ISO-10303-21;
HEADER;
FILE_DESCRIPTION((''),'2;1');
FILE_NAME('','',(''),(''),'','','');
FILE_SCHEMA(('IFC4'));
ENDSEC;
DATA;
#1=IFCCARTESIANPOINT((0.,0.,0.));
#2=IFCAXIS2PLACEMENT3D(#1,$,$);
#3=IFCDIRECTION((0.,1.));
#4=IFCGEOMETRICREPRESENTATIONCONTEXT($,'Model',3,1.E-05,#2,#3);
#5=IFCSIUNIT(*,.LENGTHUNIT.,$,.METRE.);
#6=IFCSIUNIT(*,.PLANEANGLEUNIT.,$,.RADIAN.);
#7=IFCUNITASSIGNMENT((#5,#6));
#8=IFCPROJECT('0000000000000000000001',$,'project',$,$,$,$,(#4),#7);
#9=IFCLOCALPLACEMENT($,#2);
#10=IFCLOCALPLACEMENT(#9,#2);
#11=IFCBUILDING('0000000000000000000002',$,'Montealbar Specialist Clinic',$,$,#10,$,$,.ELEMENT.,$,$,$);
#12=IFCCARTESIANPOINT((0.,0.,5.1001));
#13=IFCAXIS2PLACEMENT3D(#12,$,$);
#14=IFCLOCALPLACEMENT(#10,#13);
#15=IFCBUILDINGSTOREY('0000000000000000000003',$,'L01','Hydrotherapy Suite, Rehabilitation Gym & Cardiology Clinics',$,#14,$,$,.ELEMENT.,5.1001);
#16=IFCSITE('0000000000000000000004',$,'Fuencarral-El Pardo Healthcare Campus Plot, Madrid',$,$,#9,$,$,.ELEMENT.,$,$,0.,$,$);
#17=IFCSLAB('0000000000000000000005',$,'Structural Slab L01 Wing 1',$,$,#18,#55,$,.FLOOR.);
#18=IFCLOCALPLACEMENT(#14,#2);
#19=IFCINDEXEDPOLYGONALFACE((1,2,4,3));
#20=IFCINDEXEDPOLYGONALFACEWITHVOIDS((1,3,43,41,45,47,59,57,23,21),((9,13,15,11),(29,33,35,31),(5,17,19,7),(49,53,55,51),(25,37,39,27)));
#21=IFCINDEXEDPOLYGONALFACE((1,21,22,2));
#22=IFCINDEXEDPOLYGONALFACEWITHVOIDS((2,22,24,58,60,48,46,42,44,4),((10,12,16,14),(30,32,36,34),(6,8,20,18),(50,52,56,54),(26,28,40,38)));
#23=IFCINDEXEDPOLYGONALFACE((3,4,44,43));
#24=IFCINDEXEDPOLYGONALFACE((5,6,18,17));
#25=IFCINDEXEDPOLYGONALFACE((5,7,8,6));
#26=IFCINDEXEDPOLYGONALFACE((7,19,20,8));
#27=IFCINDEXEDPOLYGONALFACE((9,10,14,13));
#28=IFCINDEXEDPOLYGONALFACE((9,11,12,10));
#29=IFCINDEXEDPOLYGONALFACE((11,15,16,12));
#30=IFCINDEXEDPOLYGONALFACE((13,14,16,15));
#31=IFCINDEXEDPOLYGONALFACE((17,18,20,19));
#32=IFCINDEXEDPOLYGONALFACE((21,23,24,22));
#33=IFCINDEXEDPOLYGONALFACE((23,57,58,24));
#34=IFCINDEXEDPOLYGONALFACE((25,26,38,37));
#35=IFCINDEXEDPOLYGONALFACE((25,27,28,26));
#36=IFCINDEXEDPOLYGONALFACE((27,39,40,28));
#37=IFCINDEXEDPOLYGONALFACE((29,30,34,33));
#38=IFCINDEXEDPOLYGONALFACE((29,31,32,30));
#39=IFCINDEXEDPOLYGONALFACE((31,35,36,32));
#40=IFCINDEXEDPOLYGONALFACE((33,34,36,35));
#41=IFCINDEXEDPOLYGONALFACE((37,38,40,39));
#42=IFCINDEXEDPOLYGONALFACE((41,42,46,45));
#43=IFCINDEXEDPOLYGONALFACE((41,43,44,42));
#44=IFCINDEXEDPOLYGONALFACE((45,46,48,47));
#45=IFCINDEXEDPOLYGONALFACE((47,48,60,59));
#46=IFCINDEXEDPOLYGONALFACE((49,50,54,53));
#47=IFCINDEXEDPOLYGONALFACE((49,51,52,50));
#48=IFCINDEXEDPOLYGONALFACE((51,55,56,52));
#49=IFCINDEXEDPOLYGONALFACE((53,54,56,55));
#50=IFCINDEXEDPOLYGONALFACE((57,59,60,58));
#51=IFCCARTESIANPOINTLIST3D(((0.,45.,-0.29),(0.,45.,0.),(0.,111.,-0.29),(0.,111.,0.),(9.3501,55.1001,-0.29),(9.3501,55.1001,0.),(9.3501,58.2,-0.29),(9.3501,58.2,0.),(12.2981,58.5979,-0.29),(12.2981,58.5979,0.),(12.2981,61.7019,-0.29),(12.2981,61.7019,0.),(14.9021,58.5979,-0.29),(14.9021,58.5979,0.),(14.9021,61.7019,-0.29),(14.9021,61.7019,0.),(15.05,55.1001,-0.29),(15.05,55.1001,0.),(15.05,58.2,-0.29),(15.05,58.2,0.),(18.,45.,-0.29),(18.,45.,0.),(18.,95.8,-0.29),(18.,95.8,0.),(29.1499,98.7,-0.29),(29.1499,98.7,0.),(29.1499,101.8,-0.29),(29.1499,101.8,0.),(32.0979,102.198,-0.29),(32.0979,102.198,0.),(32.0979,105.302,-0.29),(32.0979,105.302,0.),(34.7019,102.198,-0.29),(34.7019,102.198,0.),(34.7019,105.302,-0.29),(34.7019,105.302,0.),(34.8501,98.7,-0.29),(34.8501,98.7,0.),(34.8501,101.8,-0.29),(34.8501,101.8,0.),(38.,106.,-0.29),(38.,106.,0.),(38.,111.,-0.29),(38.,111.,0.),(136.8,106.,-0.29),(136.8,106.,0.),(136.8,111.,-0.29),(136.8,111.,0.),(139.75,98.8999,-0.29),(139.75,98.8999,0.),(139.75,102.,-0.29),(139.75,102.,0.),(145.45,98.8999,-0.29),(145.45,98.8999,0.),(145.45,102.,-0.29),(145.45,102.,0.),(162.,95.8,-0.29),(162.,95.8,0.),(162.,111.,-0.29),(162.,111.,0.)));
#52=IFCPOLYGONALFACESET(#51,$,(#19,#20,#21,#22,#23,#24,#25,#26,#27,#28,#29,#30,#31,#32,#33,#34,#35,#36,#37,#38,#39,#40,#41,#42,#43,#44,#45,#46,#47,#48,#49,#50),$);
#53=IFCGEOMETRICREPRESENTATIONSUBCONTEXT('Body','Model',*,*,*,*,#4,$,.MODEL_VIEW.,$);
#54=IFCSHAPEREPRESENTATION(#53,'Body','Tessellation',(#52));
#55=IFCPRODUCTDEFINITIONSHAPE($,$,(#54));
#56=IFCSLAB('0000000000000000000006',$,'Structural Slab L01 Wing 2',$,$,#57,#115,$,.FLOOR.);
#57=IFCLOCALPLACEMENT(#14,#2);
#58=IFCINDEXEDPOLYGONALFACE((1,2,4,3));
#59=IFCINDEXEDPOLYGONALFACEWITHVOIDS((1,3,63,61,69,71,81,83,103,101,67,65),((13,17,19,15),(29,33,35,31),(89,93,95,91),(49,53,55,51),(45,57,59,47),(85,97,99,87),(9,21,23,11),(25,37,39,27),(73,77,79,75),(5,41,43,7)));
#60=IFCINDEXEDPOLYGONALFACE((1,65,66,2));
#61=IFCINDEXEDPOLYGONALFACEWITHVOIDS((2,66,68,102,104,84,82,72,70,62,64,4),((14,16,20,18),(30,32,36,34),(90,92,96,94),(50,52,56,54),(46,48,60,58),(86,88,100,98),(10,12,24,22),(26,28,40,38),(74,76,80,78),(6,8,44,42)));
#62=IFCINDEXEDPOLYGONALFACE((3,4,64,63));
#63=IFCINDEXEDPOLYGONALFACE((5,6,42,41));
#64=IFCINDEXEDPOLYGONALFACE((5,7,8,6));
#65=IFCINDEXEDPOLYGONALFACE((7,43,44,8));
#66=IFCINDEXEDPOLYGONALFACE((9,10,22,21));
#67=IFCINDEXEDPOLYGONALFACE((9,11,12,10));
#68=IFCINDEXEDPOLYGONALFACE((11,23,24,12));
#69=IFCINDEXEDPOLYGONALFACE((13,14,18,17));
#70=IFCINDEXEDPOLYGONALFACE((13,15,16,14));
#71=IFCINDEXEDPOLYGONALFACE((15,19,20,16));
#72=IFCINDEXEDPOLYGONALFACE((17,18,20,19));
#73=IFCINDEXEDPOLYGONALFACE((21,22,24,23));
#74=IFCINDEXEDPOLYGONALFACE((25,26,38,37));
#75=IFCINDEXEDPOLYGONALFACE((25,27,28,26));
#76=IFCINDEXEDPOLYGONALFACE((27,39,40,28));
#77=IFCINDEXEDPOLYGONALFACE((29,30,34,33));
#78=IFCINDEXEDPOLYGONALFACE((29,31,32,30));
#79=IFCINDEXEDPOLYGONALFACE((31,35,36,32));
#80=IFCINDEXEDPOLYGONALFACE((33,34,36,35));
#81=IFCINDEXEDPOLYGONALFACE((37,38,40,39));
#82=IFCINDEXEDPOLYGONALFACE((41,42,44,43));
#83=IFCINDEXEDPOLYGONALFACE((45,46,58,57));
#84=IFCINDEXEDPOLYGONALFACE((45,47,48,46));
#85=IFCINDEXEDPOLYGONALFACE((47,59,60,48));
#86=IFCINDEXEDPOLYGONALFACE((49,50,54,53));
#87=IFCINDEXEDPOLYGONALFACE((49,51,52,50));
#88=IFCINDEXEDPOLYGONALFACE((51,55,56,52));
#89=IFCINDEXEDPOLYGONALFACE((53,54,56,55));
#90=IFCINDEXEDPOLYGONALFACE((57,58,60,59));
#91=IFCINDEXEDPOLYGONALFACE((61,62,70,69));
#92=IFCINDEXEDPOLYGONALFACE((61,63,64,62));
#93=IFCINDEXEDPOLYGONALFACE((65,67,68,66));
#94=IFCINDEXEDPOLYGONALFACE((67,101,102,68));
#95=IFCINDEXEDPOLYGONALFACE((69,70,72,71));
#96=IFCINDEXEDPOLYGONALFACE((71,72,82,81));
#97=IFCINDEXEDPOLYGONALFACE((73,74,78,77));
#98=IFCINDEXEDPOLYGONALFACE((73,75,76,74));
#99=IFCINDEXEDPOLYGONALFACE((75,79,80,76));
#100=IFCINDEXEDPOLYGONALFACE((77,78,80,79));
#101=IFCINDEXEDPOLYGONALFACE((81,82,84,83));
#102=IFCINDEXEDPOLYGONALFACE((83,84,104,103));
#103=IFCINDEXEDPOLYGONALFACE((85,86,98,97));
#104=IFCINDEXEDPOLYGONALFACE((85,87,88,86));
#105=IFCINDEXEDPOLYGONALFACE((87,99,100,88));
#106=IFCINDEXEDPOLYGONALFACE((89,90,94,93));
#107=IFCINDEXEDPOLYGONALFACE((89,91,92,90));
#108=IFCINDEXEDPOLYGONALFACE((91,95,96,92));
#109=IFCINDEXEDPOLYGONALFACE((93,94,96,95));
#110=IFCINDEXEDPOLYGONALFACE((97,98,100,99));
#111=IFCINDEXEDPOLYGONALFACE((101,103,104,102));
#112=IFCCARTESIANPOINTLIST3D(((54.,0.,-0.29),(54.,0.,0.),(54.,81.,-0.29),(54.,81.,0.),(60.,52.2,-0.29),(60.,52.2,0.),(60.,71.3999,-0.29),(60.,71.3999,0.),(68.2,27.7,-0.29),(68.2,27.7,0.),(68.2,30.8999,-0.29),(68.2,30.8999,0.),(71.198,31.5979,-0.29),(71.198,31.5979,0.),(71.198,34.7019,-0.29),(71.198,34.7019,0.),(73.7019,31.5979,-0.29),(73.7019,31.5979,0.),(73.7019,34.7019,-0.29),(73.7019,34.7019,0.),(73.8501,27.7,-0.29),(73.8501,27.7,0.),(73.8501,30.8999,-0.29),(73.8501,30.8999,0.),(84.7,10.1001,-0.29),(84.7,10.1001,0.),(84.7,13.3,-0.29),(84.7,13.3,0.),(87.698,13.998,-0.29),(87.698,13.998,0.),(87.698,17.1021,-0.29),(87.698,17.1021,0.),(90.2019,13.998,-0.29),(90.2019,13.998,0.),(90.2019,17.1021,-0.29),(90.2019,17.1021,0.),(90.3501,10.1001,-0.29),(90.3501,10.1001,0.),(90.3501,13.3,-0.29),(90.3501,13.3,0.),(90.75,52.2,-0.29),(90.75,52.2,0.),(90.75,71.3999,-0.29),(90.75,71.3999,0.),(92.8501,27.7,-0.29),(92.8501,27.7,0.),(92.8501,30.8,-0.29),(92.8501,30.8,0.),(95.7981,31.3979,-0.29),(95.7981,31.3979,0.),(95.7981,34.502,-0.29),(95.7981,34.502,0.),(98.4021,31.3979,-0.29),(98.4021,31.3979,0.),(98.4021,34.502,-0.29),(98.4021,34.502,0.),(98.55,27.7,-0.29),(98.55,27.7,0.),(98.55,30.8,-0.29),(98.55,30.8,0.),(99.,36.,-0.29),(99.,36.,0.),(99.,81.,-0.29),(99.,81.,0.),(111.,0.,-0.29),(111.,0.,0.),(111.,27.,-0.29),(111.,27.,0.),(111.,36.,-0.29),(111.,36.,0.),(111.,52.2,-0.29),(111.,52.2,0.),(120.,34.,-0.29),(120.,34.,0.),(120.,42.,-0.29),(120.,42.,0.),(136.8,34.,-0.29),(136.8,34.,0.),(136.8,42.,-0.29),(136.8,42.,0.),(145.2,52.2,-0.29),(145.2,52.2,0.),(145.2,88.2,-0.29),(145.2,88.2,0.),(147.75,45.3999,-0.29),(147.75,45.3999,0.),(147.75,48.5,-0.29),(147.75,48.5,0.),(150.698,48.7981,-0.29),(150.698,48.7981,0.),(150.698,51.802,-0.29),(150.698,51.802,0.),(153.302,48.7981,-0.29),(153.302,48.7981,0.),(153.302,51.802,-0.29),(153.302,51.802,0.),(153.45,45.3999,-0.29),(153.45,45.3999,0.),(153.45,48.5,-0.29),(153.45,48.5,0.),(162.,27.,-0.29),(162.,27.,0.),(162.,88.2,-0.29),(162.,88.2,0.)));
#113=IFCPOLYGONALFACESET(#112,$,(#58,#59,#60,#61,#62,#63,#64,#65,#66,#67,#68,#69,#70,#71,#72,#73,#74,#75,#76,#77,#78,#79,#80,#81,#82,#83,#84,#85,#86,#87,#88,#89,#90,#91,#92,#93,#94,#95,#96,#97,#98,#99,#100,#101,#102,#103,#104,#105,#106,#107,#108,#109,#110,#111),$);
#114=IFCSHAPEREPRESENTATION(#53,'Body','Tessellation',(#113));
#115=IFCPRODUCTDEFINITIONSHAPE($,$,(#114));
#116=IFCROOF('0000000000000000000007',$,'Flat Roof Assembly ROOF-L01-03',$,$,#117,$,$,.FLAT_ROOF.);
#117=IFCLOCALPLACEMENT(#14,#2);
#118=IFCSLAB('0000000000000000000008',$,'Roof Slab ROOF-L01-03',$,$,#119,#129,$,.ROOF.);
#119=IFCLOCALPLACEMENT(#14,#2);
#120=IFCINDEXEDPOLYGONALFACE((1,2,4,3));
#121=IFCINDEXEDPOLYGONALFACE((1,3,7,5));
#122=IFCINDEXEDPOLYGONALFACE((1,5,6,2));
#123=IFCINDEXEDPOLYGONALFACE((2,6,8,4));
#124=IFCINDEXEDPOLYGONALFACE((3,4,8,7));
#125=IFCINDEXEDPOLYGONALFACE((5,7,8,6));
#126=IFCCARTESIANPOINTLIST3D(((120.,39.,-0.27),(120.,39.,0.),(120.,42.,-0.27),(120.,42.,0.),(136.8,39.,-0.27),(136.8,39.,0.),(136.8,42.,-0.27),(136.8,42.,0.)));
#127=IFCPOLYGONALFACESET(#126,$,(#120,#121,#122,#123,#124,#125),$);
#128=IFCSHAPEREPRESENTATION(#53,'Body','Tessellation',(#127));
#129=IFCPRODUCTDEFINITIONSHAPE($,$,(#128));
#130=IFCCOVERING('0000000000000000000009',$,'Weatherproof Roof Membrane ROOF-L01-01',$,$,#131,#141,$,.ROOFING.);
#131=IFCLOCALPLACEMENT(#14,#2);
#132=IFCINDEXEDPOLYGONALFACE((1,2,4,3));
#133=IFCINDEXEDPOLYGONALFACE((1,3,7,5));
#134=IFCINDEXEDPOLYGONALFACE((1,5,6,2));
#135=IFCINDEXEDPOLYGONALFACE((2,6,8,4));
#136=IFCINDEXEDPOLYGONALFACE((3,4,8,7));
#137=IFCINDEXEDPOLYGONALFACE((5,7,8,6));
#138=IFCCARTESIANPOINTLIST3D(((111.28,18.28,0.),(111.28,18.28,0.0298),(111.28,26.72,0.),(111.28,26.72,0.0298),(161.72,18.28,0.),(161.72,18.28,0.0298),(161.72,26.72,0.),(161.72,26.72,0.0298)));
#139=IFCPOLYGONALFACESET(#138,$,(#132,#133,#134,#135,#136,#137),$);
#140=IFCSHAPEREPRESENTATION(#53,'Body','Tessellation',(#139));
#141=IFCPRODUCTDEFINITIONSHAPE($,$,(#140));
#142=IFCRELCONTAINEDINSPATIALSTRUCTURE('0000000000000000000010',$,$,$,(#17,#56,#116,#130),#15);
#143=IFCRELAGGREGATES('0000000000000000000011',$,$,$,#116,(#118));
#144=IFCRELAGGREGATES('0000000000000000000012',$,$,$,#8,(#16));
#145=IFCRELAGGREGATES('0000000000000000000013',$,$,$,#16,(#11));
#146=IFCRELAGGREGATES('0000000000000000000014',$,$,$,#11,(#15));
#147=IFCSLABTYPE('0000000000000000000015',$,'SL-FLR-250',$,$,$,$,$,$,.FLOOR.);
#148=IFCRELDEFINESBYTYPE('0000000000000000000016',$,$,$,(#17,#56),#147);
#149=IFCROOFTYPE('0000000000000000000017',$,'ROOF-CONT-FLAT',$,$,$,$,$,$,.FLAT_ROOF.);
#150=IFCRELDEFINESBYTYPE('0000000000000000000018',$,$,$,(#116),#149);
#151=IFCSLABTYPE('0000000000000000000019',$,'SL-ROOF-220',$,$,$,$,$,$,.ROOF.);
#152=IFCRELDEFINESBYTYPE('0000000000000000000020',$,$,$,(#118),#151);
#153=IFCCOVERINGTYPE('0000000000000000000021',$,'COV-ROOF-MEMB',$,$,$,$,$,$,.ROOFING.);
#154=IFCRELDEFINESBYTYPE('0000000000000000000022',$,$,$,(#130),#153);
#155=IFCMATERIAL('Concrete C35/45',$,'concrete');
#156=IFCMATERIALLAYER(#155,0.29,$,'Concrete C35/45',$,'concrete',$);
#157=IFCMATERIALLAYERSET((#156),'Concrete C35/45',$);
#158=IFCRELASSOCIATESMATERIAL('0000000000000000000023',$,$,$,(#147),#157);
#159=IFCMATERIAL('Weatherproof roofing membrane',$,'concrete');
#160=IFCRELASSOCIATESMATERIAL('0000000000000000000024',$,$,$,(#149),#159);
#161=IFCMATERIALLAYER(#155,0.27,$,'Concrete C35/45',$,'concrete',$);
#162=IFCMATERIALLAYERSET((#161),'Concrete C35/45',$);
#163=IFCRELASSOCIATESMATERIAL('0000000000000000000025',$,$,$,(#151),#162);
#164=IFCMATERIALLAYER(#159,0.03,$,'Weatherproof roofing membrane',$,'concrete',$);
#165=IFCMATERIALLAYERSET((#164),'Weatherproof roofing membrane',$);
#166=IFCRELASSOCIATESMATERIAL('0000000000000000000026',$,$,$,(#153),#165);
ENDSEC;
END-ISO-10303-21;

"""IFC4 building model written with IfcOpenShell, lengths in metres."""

from ifc_helpers import new_model, si_unit, direction, frame, origin, origin_2d, place, context, subcontext, project, spatial, polyline, rectangle, outline, extrude, material, layer, layer_set, type_object, element, aggregate, save


model = new_model("IFC4")

# Units and contexts
model_context = context("Model", 3, precision=1e-05, world=origin(), true_north=direction((0.0, 1.0)))
body_context = subcontext(model_context, "Body", "Model", "MODEL_VIEW")
ifc_project = project(units=[si_unit("LENGTHUNIT", "METRE"), si_unit("PLANEANGLEUNIT", "RADIAN")], contexts=[model_context])

# Site, building, storey
site_placement = place(None, origin())
site = spatial("IfcSite", under=ifc_project, at=site_placement, Name="Fuencarral-El Pardo Healthcare Campus Plot, Madrid", CompositionType="ELEMENT", RefElevation=0.0)
building_placement = place(site_placement, origin())
building = spatial("IfcBuilding", under=site, at=building_placement, Name="Montealbar Specialist Clinic", CompositionType="ELEMENT")
storey_placement = place(building_placement, frame((0.0, 0.0, 5.1001)))
storey = spatial("IfcBuildingStorey", under=building, at=storey_placement, Name="L01", Description="Hydrotherapy Suite, Rehabilitation Gym & Cardiology Clinics", CompositionType="ELEMENT", Elevation=5.1001)

# Slabs, openings
ifc_material_1 = material(Name="Concrete C35/45", Category="concrete")
ifc_layer_1 = layer(ifc_material_1, 0.29, Name="Concrete C35/45", Category="concrete")
ifc_layer_set_1 = layer_set([ifc_layer_1], Name="Concrete C35/45")
slab_type_1 = type_object("IfcSlabType", Name="SL-FLR-250", PredefinedType="FLOOR", material=ifc_layer_set_1)
slab_1_placement = place(storey_placement, frame((0.0, 0.0, -0.29)))
slab_1 = element("IfcSlab", 1, at=slab_1_placement, inside=storey, type_object=slab_type_1, Name="Structural Slab L01 Wing 1", PredefinedType="FLOOR", context=body_context, shape_type="SweptSolid", body=[
    extrude(outline(polyline([(0.0, 45.0), (0.0, 111.0), (38.0, 111.0), (38.0, 106.0), (136.8, 106.0), (136.8, 111.0), (162.0, 111.0), (162.0, 95.8), (18.0, 95.8), (18.0, 45.0), (0.0, 45.0)]), holes=[polyline([(9.3501, 58.2), (9.3501, 55.1001), (15.05, 55.1001), (15.05, 58.2), (9.3501, 58.2)]), polyline([(14.9021, 61.7019), (12.2981, 61.7019), (12.2981, 58.5979), (14.9021, 58.5979), (14.9021, 61.7019)]), polyline([(34.8501, 101.8), (29.1499, 101.8), (29.1499, 98.7), (34.8501, 98.7), (34.8501, 101.8)]), polyline([(32.0979, 105.302), (32.0979, 102.198), (34.7019, 102.198), (34.7019, 105.302), (32.0979, 105.302)]), polyline([(145.45, 102.0), (139.75, 102.0), (139.75, 98.8999), (145.45, 98.8999), (145.45, 102.0)])]), origin(), (0.0, 0.0, 1.0), 0.29),
])
opening_1_placement = place(slab_1_placement, frame((12.2002, 56.6499, -0.01)))
element("IfcOpeningElement", 2, at=opening_1_placement, cuts=slab_1, PredefinedType="OPENING", context=body_context, shape_type="SweptSolid", body=[
    extrude(rectangle(XDim=5.696, YDim=3.0959, at=origin_2d()), origin(), (0.0, 0.0, 1.0), 0.3101),
])
opening_2_placement = place(slab_1_placement, frame((13.6001, 60.1499, -0.01)))
element("IfcOpeningElement", 3, at=opening_2_placement, cuts=slab_1, PredefinedType="OPENING", context=body_context, shape_type="SweptSolid", body=[
    extrude(rectangle(XDim=2.6001, YDim=3.1001, at=origin_2d()), origin(), (0.0, 0.0, 1.0), 0.3101),
])
opening_3_placement = place(slab_1_placement, frame((32.0, 100.25, -0.01)))
element("IfcOpeningElement", 4, at=opening_3_placement, cuts=slab_1, PredefinedType="OPENING", context=body_context, shape_type="SweptSolid", body=[
    extrude(rectangle(XDim=5.6963, YDim=3.0962, at=origin_2d()), origin(), (0.0, 0.0, 1.0), 0.3101),
])
opening_4_placement = place(slab_1_placement, frame((33.3999, 103.75, -0.01)))
element("IfcOpeningElement", 5, at=opening_4_placement, cuts=slab_1, PredefinedType="OPENING", context=body_context, shape_type="SweptSolid", body=[
    extrude(rectangle(XDim=2.6001, YDim=3.1001, at=origin_2d()), origin(), (0.0, 0.0, 1.0), 0.3101),
])
opening_5_placement = place(slab_1_placement, frame((142.6001, 100.45, -0.01)))
element("IfcOpeningElement", 6, at=opening_5_placement, cuts=slab_1, PredefinedType="OPENING", context=body_context, shape_type="SweptSolid", body=[
    extrude(rectangle(XDim=5.696, YDim=3.0962, at=origin_2d()), origin(), (0.0, 0.0, 1.0), 0.3101),
])
slab_2_placement = place(storey_placement, frame((0.0, 0.0, -0.29)))
slab_2 = element("IfcSlab", 7, at=slab_2_placement, inside=storey, type_object=slab_type_1, Name="Structural Slab L01 Wing 2", PredefinedType="FLOOR", context=body_context, shape_type="SweptSolid", body=[
    extrude(outline(polyline([(54.0, 0.0), (54.0, 81.0), (99.0, 81.0), (99.0, 36.0), (111.0, 36.0), (111.0, 52.2), (145.2, 52.2), (145.2, 88.2), (162.0, 88.2), (162.0, 27.0), (111.0, 27.0), (111.0, 0.0), (54.0, 0.0)]), holes=[polyline([(120.0, 34.0), (136.8, 34.0), (136.8, 42.0), (120.0, 42.0), (120.0, 34.0)]), polyline([(90.75, 52.2), (90.75, 71.3999), (60.0, 71.3999), (60.0, 52.2), (90.75, 52.2)]), polyline([(84.7, 13.3), (84.7, 10.1001), (90.3501, 10.1001), (90.3501, 13.3), (84.7, 13.3)]), polyline([(73.8501, 30.8999), (68.2, 30.8999), (68.2, 27.7), (73.8501, 27.7), (73.8501, 30.8999)]), polyline([(73.7019, 34.7019), (71.198, 34.7019), (71.198, 31.5979), (73.7019, 31.5979), (73.7019, 34.7019)]), polyline([(90.2019, 17.1021), (87.698, 17.1021), (87.698, 13.998), (90.2019, 13.998), (90.2019, 17.1021)]), polyline([(98.55, 30.8), (92.8501, 30.8), (92.8501, 27.7), (98.55, 27.7), (98.55, 30.8)]), polyline([(98.4021, 34.502), (95.7981, 34.502), (95.7981, 31.3979), (98.4021, 31.3979), (98.4021, 34.502)]), polyline([(153.45, 48.5), (147.75, 48.5), (147.75, 45.3999), (153.45, 45.3999), (153.45, 48.5)]), polyline([(153.302, 51.802), (150.698, 51.802), (150.698, 48.7981), (153.302, 48.7981), (153.302, 51.802)])]), origin(), (0.0, 0.0, 1.0), 0.29),
])
opening_6_placement = place(slab_2_placement, frame((71.0249, 29.2998, -0.01)))
element("IfcOpeningElement", 8, at=opening_6_placement, cuts=slab_2, PredefinedType="OPENING", context=body_context, shape_type="SweptSolid", body=[
    extrude(rectangle(XDim=5.6462, YDim=3.196, at=origin_2d()), origin(), (0.0, 0.0, 1.0), 0.3101),
])
opening_7_placement = place(slab_2_placement, frame((72.45, 33.1499, -0.01)))
element("IfcOpeningElement", 9, at=opening_7_placement, cuts=slab_2, PredefinedType="OPENING", context=body_context, shape_type="SweptSolid", body=[
    extrude(rectangle(XDim=2.5, YDim=3.1001, at=origin_2d()), origin(), (0.0, 0.0, 1.0), 0.3101),
])
opening_8_placement = place(slab_2_placement, frame((87.5249, 11.7002, -0.01)))
element("IfcOpeningElement", 10, at=opening_8_placement, cuts=slab_2, PredefinedType="OPENING", context=body_context, shape_type="SweptSolid", body=[
    extrude(rectangle(XDim=5.6462, YDim=3.196, at=origin_2d()), origin(), (0.0, 0.0, 1.0), 0.3101),
])
opening_9_placement = place(slab_2_placement, frame((88.95, 15.55, -0.01)))
element("IfcOpeningElement", 11, at=opening_9_placement, cuts=slab_2, PredefinedType="OPENING", context=body_context, shape_type="SweptSolid", body=[
    extrude(rectangle(XDim=2.5, YDim=3.1001, at=origin_2d()), origin(), (0.0, 0.0, 1.0), 0.3101),
])
opening_10_placement = place(slab_2_placement, frame((95.7002, 29.25, -0.01)))
element("IfcOpeningElement", 12, at=opening_10_placement, cuts=slab_2, PredefinedType="OPENING", context=body_context, shape_type="SweptSolid", body=[
    extrude(rectangle(XDim=5.696, YDim=3.0962, at=origin_2d()), origin(), (0.0, 0.0, 1.0), 0.3101),
])
opening_11_placement = place(slab_2_placement, frame((97.1001, 32.95, -0.01)))
element("IfcOpeningElement", 13, at=opening_11_placement, cuts=slab_2, PredefinedType="OPENING", context=body_context, shape_type="SweptSolid", body=[
    extrude(rectangle(XDim=2.6001, YDim=3.1001, at=origin_2d()), origin(), (0.0, 0.0, 1.0), 0.3101),
])
opening_12_placement = place(slab_2_placement, frame((150.6001, 46.95, -0.01)))
element("IfcOpeningElement", 14, at=opening_12_placement, cuts=slab_2, PredefinedType="OPENING", context=body_context, shape_type="SweptSolid", body=[
    extrude(rectangle(XDim=5.696, YDim=3.0962, at=origin_2d()), origin(), (0.0, 0.0, 1.0), 0.3101),
])
opening_13_placement = place(slab_2_placement, frame((152.0, 50.3, -0.01)))
element("IfcOpeningElement", 15, at=opening_13_placement, cuts=slab_2, PredefinedType="OPENING", context=body_context, shape_type="SweptSolid", body=[
    extrude(rectangle(XDim=2.6001, YDim=3.0, at=origin_2d()), origin(), (0.0, 0.0, 1.0), 0.3101),
])

# Shared definitions
ifc_material_2 = material(Name="Weatherproof roofing membrane", Category="concrete")
roof_type = type_object("IfcRoofType", Name="ROOF-CONT-FLAT", PredefinedType="FLAT_ROOF", material=ifc_material_2)
ifc_layer_2 = layer(ifc_material_1, 0.27, Name="Concrete C35/45", Category="concrete")
ifc_layer_set_2 = layer_set([ifc_layer_2], Name="Concrete C35/45")
slab_type_2 = type_object("IfcSlabType", Name="SL-ROOF-220", PredefinedType="ROOF", material=ifc_layer_set_2)

# Roof, slab
roof_1_placement = place(storey_placement, origin())
roof_1 = element("IfcRoof", 16, at=roof_1_placement, inside=storey, type_object=roof_type, Name="Flat Roof Assembly ROOF-L01-03", PredefinedType="FLAT_ROOF")
slab_3_placement = place(storey_placement, frame((0.0, 0.0, -0.27)))
slab_3 = element("IfcSlab", 17, at=slab_3_placement, type_object=slab_type_2, Name="Roof Slab ROOF-L01-03", PredefinedType="ROOF", context=body_context, shape_type="SweptSolid", body=[
    extrude(outline(polyline([(120.0, 42.0), (136.8, 42.0), (136.8, 39.0), (120.0, 39.0), (120.0, 42.0)])), origin(), (0.0, 0.0, 1.0), 0.27),
])
aggregate(roof_1, [slab_3])

# Covering
ifc_layer_3 = layer(ifc_material_2, 0.03, Name="Weatherproof roofing membrane", Category="concrete")
ifc_layer_set_3 = layer_set([ifc_layer_3], Name="Weatherproof roofing membrane")
covering_type = type_object("IfcCoveringType", Name="COV-ROOF-MEMB", PredefinedType="ROOFING", material=ifc_layer_set_3)
covering_1_placement = place(storey_placement, origin())
element("IfcCovering", 18, at=covering_1_placement, inside=storey, type_object=covering_type, Name="Weatherproof Roof Membrane ROOF-L01-01", PredefinedType="ROOFING", context=body_context, shape_type="SweptSolid", body=[
    extrude(outline(polyline([(111.28, 18.28), (111.28, 26.72), (161.72, 26.72), (161.72, 18.28), (111.28, 18.28)])), origin(), (0.0, 0.0, 1.0), 0.0298),
])

save(model, "model.ifc")
